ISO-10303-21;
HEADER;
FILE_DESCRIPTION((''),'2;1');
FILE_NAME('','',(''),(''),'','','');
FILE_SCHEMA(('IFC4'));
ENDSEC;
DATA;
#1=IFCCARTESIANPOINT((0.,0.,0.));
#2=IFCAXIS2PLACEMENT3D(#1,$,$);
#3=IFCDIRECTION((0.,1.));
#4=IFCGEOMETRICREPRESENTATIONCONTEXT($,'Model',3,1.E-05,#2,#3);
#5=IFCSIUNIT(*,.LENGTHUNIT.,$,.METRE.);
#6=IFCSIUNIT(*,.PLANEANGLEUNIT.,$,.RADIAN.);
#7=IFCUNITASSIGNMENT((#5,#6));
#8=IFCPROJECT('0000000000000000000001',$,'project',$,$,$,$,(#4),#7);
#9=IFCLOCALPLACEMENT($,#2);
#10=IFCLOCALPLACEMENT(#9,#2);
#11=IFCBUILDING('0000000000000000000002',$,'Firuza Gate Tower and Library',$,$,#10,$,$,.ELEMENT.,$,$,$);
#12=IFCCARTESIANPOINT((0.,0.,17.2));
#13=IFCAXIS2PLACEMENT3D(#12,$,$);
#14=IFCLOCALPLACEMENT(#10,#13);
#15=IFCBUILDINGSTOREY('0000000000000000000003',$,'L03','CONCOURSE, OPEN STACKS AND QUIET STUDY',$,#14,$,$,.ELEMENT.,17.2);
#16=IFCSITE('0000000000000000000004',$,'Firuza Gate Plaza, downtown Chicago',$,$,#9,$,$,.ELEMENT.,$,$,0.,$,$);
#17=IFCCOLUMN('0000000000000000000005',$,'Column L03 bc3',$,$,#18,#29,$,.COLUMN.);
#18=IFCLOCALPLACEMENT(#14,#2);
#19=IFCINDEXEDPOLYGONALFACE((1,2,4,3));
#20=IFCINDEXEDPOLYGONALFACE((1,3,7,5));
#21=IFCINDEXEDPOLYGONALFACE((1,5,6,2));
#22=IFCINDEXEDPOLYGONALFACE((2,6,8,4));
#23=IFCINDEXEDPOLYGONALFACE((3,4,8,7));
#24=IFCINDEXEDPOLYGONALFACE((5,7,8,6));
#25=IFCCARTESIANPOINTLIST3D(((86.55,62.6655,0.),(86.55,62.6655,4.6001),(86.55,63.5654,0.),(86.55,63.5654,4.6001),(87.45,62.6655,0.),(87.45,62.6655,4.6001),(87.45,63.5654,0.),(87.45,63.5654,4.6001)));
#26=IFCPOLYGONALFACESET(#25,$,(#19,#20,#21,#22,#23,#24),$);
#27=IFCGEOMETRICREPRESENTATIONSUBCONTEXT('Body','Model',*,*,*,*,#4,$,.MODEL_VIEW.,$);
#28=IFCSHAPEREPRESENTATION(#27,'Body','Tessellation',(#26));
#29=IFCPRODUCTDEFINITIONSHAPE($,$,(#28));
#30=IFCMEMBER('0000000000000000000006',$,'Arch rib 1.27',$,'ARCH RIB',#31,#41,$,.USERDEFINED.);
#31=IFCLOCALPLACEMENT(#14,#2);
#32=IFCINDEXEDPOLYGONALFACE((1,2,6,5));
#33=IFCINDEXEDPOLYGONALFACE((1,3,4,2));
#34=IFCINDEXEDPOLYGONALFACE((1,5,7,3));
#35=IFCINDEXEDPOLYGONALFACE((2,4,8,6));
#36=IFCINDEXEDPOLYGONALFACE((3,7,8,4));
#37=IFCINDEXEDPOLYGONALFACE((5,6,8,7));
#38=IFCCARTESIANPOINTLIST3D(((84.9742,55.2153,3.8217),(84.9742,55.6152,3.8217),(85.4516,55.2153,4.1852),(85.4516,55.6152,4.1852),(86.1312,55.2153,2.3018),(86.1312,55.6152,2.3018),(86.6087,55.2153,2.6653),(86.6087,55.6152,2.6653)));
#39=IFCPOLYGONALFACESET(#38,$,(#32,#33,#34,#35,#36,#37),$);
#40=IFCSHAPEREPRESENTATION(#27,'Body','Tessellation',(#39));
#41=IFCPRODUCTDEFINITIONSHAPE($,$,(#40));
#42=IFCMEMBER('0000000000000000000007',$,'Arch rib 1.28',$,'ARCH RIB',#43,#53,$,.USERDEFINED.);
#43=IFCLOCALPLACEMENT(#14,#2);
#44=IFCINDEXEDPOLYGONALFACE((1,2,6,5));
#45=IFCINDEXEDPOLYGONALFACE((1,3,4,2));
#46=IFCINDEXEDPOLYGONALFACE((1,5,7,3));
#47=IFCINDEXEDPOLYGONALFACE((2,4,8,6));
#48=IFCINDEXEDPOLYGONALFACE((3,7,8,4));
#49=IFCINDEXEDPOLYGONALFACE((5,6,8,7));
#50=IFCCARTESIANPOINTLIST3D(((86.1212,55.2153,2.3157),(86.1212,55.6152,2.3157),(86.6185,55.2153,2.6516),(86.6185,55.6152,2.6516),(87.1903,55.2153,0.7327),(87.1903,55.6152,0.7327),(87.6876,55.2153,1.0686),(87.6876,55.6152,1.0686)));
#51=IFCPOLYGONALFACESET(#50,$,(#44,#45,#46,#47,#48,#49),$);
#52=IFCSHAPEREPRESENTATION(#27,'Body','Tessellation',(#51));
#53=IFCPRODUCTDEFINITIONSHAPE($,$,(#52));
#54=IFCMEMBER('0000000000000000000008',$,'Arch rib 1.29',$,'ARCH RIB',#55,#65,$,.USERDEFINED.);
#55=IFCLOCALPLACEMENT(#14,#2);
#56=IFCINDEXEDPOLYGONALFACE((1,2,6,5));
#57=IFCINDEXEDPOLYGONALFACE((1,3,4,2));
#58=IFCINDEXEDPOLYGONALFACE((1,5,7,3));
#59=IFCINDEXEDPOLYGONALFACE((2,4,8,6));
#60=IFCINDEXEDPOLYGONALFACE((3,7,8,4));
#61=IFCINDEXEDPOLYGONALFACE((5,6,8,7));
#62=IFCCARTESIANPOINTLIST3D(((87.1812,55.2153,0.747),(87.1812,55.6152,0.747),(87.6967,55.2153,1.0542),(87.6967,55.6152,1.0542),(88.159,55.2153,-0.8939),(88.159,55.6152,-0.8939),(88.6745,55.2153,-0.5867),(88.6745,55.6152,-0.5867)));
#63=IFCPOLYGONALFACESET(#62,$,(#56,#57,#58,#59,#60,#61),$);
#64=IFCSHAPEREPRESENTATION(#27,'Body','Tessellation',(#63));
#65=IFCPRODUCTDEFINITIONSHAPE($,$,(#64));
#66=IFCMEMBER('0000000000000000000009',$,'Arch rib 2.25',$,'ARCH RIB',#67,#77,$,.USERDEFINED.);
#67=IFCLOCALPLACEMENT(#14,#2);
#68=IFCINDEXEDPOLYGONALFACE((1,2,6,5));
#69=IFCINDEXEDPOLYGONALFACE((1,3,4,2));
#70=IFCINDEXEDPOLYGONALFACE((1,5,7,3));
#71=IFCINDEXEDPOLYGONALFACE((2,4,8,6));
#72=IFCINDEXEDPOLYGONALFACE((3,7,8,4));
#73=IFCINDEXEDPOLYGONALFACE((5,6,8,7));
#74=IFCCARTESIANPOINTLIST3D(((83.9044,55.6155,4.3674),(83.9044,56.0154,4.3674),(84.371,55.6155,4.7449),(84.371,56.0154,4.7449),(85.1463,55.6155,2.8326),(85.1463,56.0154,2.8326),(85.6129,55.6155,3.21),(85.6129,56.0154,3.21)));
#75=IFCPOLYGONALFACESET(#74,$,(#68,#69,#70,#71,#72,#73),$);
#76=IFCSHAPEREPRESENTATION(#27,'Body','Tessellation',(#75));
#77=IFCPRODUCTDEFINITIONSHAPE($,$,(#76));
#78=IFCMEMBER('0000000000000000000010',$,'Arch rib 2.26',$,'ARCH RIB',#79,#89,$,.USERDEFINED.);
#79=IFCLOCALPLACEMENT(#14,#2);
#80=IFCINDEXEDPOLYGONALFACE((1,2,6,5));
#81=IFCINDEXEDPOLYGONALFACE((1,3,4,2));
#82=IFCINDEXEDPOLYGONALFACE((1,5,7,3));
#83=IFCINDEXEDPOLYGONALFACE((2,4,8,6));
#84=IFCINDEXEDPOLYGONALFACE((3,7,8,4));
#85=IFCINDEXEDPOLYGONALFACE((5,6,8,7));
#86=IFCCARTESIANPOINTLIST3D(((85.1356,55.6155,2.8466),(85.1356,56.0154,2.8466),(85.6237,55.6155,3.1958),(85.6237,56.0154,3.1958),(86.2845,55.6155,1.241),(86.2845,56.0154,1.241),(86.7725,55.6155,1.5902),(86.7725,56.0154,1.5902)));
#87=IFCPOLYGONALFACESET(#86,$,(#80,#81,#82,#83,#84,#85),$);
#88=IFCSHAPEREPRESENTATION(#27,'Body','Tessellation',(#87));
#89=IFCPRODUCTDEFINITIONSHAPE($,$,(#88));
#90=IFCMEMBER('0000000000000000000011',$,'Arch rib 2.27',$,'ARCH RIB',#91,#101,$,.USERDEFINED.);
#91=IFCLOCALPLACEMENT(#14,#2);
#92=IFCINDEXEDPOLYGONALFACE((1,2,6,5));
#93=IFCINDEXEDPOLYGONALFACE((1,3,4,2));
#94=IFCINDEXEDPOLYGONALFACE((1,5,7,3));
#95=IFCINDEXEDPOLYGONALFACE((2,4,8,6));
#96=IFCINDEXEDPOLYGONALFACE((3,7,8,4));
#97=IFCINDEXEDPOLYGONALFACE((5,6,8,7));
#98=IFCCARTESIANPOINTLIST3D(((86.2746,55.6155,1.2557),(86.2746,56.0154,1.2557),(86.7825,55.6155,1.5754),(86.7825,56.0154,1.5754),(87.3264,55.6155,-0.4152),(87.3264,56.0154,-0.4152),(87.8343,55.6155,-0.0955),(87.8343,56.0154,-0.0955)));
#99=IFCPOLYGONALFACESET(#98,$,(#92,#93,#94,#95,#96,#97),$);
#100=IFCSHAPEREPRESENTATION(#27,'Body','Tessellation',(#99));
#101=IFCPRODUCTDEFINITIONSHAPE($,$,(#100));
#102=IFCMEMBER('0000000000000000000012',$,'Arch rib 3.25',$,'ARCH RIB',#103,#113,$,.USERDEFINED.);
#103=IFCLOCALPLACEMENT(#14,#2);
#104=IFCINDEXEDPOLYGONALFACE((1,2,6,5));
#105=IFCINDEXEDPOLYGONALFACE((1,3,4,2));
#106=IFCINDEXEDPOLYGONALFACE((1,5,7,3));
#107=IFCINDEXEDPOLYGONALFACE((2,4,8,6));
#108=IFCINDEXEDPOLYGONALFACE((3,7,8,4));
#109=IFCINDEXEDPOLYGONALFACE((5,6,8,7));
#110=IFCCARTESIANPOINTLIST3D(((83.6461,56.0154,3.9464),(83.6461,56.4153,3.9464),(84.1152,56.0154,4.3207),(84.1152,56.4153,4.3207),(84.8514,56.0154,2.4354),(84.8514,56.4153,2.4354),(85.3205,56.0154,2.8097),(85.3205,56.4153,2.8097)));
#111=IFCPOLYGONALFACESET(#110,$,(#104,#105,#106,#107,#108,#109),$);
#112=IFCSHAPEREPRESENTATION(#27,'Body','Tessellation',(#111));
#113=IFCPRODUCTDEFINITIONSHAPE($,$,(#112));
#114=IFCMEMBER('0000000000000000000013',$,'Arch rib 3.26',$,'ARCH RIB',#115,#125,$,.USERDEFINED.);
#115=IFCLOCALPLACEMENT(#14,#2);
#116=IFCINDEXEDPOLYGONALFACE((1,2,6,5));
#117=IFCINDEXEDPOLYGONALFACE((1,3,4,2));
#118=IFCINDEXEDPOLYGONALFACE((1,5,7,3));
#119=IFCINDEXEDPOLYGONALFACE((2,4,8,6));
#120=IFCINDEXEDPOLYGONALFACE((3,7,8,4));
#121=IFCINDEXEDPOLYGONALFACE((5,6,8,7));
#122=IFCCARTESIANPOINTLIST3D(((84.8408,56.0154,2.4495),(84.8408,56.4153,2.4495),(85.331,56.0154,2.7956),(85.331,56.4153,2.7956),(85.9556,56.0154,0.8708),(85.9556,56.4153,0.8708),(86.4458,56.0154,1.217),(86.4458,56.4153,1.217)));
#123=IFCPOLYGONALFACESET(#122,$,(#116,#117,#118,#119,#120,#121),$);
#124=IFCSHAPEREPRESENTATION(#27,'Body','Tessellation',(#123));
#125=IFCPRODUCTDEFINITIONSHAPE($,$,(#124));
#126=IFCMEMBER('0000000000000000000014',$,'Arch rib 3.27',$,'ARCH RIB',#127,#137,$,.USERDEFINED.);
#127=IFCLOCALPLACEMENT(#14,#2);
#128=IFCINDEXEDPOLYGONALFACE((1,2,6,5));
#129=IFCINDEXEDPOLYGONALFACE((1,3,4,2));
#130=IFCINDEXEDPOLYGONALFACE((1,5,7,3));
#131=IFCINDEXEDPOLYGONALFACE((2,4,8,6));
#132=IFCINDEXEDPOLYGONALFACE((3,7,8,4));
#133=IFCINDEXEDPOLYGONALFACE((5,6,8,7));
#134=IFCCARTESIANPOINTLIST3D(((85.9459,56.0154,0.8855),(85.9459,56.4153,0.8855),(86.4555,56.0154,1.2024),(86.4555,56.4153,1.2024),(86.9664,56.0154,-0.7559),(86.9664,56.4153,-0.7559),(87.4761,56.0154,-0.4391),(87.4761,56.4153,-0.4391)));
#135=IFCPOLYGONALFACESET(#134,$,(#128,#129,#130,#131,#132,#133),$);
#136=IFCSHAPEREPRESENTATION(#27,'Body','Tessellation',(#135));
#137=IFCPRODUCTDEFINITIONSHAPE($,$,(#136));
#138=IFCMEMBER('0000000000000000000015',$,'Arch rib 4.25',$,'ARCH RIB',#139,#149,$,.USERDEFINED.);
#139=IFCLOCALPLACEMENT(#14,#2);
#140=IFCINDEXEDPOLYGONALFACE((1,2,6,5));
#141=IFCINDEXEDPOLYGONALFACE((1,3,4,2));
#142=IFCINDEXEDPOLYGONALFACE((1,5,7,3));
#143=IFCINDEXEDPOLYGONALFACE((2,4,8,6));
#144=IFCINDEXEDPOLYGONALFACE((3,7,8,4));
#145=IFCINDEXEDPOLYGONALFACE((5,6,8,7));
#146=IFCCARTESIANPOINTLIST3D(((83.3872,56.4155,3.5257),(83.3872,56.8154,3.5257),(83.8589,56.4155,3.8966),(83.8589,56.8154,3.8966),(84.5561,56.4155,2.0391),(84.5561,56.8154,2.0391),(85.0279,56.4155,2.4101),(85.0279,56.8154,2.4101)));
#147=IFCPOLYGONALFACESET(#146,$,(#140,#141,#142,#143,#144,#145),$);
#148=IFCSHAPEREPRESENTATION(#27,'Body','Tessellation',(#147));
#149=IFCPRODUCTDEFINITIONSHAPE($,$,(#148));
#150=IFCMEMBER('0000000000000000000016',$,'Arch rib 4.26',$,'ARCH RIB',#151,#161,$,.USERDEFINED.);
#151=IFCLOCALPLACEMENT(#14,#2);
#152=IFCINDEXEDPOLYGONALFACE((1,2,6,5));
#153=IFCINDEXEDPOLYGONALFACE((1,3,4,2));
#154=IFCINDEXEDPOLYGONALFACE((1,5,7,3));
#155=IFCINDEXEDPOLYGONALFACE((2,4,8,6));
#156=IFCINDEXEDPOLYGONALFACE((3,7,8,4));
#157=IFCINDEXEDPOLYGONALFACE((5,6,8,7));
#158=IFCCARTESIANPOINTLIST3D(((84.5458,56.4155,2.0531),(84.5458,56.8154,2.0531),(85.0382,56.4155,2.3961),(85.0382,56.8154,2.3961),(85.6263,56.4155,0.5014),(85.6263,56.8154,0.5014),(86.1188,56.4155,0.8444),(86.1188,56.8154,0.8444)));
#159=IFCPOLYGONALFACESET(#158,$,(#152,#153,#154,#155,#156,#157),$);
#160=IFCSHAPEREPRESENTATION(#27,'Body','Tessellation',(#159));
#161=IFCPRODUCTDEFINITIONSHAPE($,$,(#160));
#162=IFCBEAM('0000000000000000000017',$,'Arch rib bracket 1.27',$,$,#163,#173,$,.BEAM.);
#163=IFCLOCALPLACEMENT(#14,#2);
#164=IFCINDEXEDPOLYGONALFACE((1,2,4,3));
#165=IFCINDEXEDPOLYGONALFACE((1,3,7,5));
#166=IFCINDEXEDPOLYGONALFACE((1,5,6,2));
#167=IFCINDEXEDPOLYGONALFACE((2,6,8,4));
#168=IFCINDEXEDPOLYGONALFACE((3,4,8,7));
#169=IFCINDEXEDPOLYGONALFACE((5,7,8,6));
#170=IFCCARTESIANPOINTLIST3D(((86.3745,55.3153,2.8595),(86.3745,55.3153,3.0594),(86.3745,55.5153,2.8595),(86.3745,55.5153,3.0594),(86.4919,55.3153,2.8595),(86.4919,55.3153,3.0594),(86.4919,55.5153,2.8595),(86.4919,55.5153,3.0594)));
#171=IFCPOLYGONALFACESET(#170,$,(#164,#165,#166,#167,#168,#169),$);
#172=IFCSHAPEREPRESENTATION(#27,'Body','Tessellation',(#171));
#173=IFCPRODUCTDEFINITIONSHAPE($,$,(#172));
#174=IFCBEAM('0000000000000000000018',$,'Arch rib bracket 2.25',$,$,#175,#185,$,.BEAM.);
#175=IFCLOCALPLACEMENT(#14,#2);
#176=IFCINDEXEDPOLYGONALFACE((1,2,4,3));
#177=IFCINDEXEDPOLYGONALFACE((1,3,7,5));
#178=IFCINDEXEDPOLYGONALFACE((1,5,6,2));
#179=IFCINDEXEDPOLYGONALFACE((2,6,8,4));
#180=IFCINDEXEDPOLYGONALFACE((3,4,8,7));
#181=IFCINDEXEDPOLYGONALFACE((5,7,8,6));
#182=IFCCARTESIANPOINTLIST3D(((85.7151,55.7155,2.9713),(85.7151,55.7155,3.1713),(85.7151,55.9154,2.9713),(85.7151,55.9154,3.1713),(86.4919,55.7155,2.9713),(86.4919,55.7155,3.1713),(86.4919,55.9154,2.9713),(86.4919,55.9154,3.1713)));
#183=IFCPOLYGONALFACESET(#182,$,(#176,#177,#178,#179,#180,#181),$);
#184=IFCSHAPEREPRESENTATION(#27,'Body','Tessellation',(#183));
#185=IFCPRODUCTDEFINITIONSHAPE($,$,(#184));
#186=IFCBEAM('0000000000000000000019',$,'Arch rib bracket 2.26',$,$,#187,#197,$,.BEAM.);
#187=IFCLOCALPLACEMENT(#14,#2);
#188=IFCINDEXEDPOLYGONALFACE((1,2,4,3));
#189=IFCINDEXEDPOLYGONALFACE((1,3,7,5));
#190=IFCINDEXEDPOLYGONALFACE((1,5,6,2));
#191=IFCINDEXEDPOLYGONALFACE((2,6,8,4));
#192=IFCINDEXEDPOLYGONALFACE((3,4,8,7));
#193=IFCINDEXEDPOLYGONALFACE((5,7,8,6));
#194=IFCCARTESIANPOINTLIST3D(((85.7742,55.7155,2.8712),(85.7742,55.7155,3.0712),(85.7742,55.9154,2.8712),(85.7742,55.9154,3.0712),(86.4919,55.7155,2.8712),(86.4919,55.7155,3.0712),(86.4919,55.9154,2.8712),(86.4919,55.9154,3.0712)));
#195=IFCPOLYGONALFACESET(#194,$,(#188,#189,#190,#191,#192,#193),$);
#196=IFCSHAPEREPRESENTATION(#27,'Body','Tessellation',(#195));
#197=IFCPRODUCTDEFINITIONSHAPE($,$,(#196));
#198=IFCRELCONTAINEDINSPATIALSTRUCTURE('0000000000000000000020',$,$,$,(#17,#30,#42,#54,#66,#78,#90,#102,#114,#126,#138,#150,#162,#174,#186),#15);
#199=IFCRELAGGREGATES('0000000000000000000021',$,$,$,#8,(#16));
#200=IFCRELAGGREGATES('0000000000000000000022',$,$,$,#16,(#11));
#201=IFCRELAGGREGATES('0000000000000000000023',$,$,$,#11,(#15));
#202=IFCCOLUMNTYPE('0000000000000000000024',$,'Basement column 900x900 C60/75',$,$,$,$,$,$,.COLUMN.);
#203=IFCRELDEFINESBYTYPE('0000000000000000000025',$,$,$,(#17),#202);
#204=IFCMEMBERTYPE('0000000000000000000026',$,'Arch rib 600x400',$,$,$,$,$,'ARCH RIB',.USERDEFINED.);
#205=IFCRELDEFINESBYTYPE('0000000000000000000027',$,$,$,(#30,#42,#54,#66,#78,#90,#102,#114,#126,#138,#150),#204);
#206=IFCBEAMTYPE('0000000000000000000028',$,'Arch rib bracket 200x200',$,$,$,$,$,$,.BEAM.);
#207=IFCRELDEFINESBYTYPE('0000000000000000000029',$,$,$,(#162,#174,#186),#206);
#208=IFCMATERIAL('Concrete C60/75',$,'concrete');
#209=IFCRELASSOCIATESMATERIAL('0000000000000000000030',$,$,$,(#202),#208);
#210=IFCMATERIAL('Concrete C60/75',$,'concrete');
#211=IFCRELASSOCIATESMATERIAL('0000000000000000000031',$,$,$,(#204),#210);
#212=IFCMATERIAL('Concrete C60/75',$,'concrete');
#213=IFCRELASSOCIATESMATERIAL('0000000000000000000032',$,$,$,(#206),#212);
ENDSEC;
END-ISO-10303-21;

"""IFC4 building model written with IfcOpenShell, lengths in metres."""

from ifc_helpers import new_model, si_unit, direction, frame, origin, origin_2d, place, context, subcontext, project, spatial, rectangle, extrude, material, material_profile, profile_set, type_object, element, save


model = new_model("IFC4")

# Units and contexts
model_context = context("Model", 3, precision=1e-05, world=origin(), true_north=direction((0.0, 1.0)))
body_context = subcontext(model_context, "Body", "Model", "MODEL_VIEW")
ifc_project = project(units=[si_unit("LENGTHUNIT", "METRE"), si_unit("PLANEANGLEUNIT", "RADIAN")], contexts=[model_context])

# Site, building, storey
site_placement = place(None, origin())
site = spatial("IfcSite", under=ifc_project, at=site_placement, Name="Firuza Gate Plaza, downtown Chicago", CompositionType="ELEMENT", RefElevation=0.0)
building_placement = place(site_placement, origin())
building = spatial("IfcBuilding", under=site, at=building_placement, Name="Firuza Gate Tower and Library", CompositionType="ELEMENT")
storey_placement = place(building_placement, frame((0.0, 0.0, 17.2)))
storey = spatial("IfcBuildingStorey", under=building, at=storey_placement, Name="L03", Description="CONCOURSE, OPEN STACKS AND QUIET STUDY", CompositionType="ELEMENT", Elevation=17.2)

# Column
ifc_material_1 = material(Name="Concrete C60/75", Category="concrete")
ifc_material_profile_1 = material_profile(ifc_material_1, rectangle(XDim=0.8999, YDim=0.8999, at=origin_2d()))
ifc_profile_set_1 = profile_set([ifc_material_profile_1], Name="Concrete C60/75")
column_type = type_object("IfcColumnType", Name="Basement column 900x900 C60/75", PredefinedType="COLUMN", material=ifc_profile_set_1)
column_placement = place(storey_placement, frame((87.0, 63.1155, 0.0), z_axis=(0.0, 0.0, 1.0), x_axis=(1.0, 0.0, 0.0)))
element("IfcColumn", 1, at=column_placement, inside=storey, type_object=column_type, Name="Column L03 bc3", PredefinedType="COLUMN", context=body_context, shape_type="SweptSolid", body=[
    extrude(rectangle(XDim=0.8999, YDim=0.8999, at=origin_2d()), origin(), (0.0, 0.0, 1.0), 4.6001),
])

# Members
ifc_material_2 = material(Name="Concrete C60/75", Category="concrete")
ifc_material_profile_2 = material_profile(ifc_material_2, rectangle(XDim=0.3999, YDim=0.6001, at=origin_2d()))
ifc_profile_set_2 = profile_set([ifc_material_profile_2], Name="Concrete C60/75")
member_type_1 = type_object("IfcMemberType", Name="Arch rib 600x400", ElementType="ARCH RIB", PredefinedType="USERDEFINED", material=ifc_profile_set_2)
for number, where, z_axis, x_axis, name in (
    (2, (85.2129, 55.4153, 4.0034), (0.605731, 0.0, -0.795669), (0.0, 1.0, 0.0), "Arch rib 1.27"),
    (3, (86.3699, 55.4153, 2.4836), (0.559675, 0.0, -0.828712), (0.0, 1.0, 0.0), "Arch rib 1.28"),
    (4, (87.439, 55.4153, 0.9006), (0.5119, 0.0, -0.859045), (0.0, 1.0, 0.0), "Arch rib 1.29"),
):
    element("IfcMember", number, at=place(storey_placement, frame(where, z_axis=z_axis, x_axis=x_axis)), inside=storey, type_object=member_type_1, Name=name, ObjectType="ARCH RIB", PredefinedType="USERDEFINED", context=body_context, shape_type="SweptSolid", body=[
        extrude(rectangle(XDim=0.3999, YDim=0.6001, at=origin_2d()), origin(), (0.0, 0.0, 1.0), 1.9102),
    ])
for number, where, z_axis, x_axis, name in (
    (5, (84.1377, 55.8154, 4.5562), (0.629013, 0.0, -0.777395), (0.0, 1.0, 0.0), "Arch rib 2.25"),
    (6, (85.3796, 55.8154, 3.0212), (0.581905, 0.0, -0.813257), (0.0, 1.0, 0.0), "Arch rib 2.26"),
    (7, (86.5286, 55.8154, 1.4155), (0.532708, 0.0, -0.846299), (0.0, 1.0, 0.0), "Arch rib 2.27"),
):
    element("IfcMember", number, at=place(storey_placement, frame(where, z_axis=z_axis, x_axis=x_axis)), inside=storey, type_object=member_type_1, Name=name, ObjectType="ARCH RIB", PredefinedType="USERDEFINED", context=body_context, shape_type="SweptSolid", body=[
        extrude(rectangle(XDim=0.3999, YDim=0.6001, at=origin_2d()), origin(), (0.0, 0.0, 1.0), 1.9744),
    ])
member_1_placement = place(storey_placement, frame((83.8806, 56.2153, 4.1335), z_axis=(0.623601, 0.0, -0.781743), x_axis=(0.0, 1.0, 0.0)))
element("IfcMember", 8, at=member_1_placement, inside=storey, type_object=member_type_1, Name="Arch rib 3.25", ObjectType="ARCH RIB", PredefinedType="USERDEFINED", context=body_context, shape_type="SweptSolid", body=[
    extrude(rectangle(XDim=0.3999, YDim=0.6001, at=origin_2d()), origin(), (0.0, 0.0, 1.0), 1.9329),
])
member_2_placement = place(storey_placement, frame((85.0859, 56.2153, 2.6226), z_axis=(0.576832, 0.0, -0.816863), x_axis=(0.0, 1.0, 0.0)))
element("IfcMember", 9, at=member_2_placement, inside=storey, type_object=member_type_1, Name="Arch rib 3.26", ObjectType="ARCH RIB", PredefinedType="USERDEFINED", context=body_context, shape_type="SweptSolid", body=[
    extrude(rectangle(XDim=0.3999, YDim=0.6001, at=origin_2d()), origin(), (0.0, 0.0, 1.0), 1.9326),
])
member_3_placement = place(storey_placement, frame((86.2007, 56.2153, 1.0439), z_axis=(0.52801, 0.0, -0.849238), x_axis=(0.0, 1.0, 0.0)))
element("IfcMember", 10, at=member_3_placement, inside=storey, type_object=member_type_1, Name="Arch rib 3.27", ObjectType="ARCH RIB", PredefinedType="USERDEFINED", context=body_context, shape_type="SweptSolid", body=[
    extrude(rectangle(XDim=0.3999, YDim=0.6001, at=origin_2d()), origin(), (0.0, 0.0, 1.0), 1.9329),
])
member_4_placement = place(storey_placement, frame((83.623, 56.6155, 3.7112), z_axis=(0.618124, 0.0, -0.786081), x_axis=(0.0, 1.0, 0.0)))
element("IfcMember", 11, at=member_4_placement, inside=storey, type_object=member_type_1, Name="Arch rib 4.25", ObjectType="ARCH RIB", PredefinedType="USERDEFINED", context=body_context, shape_type="SweptSolid", body=[
    extrude(rectangle(XDim=0.3999, YDim=0.6001, at=origin_2d()), origin(), (0.0, 0.0, 1.0), 1.8911),
])
member_5_placement = place(storey_placement, frame((84.792, 56.6155, 2.2246), z_axis=(0.57145, 0.0, -0.820637), x_axis=(0.0, 1.0, 0.0)))
element("IfcMember", 12, at=member_5_placement, inside=storey, type_object=member_type_1, Name="Arch rib 4.26", ObjectType="ARCH RIB", PredefinedType="USERDEFINED", context=body_context, shape_type="SweptSolid", body=[
    extrude(rectangle(XDim=0.3999, YDim=0.6001, at=origin_2d()), origin(), (0.0, 0.0, 1.0), 1.8909),
])

# Beams
ifc_material_3 = material(Name="Concrete C60/75", Category="concrete")
ifc_material_profile_3 = material_profile(ifc_material_3, rectangle(XDim=0.2, YDim=0.2, at=origin_2d()))
ifc_profile_set_3 = profile_set([ifc_material_profile_3], Name="Concrete C60/75")
beam_type_1 = type_object("IfcBeamType", Name="Arch rib bracket 200x200", PredefinedType="BEAM", material=ifc_profile_set_3)
beam_1_placement = place(storey_placement, frame((86.4919, 55.4153, 2.9595), z_axis=(-1.0, 0.0, 0.0), x_axis=(0.0, -1.0, 0.0)))
element("IfcBeam", 13, at=beam_1_placement, inside=storey, type_object=beam_type_1, Name="Arch rib bracket 1.27", PredefinedType="BEAM", context=body_context, shape_type="SweptSolid", body=[
    extrude(rectangle(XDim=0.2, YDim=0.2, at=origin_2d()), origin(), (0.0, 0.0, 1.0), 0.1174),
])
beam_2_placement = place(storey_placement, frame((86.4919, 55.8154, 3.0713), z_axis=(-1.0, 0.0, 0.0), x_axis=(0.0, -1.0, 0.0)))
element("IfcBeam", 14, at=beam_2_placement, inside=storey, type_object=beam_type_1, Name="Arch rib bracket 2.25", PredefinedType="BEAM", context=body_context, shape_type="SweptSolid", body=[
    extrude(rectangle(XDim=0.2, YDim=0.2, at=origin_2d()), origin(), (0.0, 0.0, 1.0), 0.7769),
])
beam_3_placement = place(storey_placement, frame((86.4919, 55.8154, 2.9712), z_axis=(-1.0, 0.0, 0.0), x_axis=(0.0, -1.0, 0.0)))
element("IfcBeam", 15, at=beam_3_placement, inside=storey, type_object=beam_type_1, Name="Arch rib bracket 2.26", PredefinedType="BEAM", context=body_context, shape_type="SweptSolid", body=[
    extrude(rectangle(XDim=0.2, YDim=0.2, at=origin_2d()), origin(), (0.0, 0.0, 1.0), 0.7178),
])

save(model, "model.ifc")
